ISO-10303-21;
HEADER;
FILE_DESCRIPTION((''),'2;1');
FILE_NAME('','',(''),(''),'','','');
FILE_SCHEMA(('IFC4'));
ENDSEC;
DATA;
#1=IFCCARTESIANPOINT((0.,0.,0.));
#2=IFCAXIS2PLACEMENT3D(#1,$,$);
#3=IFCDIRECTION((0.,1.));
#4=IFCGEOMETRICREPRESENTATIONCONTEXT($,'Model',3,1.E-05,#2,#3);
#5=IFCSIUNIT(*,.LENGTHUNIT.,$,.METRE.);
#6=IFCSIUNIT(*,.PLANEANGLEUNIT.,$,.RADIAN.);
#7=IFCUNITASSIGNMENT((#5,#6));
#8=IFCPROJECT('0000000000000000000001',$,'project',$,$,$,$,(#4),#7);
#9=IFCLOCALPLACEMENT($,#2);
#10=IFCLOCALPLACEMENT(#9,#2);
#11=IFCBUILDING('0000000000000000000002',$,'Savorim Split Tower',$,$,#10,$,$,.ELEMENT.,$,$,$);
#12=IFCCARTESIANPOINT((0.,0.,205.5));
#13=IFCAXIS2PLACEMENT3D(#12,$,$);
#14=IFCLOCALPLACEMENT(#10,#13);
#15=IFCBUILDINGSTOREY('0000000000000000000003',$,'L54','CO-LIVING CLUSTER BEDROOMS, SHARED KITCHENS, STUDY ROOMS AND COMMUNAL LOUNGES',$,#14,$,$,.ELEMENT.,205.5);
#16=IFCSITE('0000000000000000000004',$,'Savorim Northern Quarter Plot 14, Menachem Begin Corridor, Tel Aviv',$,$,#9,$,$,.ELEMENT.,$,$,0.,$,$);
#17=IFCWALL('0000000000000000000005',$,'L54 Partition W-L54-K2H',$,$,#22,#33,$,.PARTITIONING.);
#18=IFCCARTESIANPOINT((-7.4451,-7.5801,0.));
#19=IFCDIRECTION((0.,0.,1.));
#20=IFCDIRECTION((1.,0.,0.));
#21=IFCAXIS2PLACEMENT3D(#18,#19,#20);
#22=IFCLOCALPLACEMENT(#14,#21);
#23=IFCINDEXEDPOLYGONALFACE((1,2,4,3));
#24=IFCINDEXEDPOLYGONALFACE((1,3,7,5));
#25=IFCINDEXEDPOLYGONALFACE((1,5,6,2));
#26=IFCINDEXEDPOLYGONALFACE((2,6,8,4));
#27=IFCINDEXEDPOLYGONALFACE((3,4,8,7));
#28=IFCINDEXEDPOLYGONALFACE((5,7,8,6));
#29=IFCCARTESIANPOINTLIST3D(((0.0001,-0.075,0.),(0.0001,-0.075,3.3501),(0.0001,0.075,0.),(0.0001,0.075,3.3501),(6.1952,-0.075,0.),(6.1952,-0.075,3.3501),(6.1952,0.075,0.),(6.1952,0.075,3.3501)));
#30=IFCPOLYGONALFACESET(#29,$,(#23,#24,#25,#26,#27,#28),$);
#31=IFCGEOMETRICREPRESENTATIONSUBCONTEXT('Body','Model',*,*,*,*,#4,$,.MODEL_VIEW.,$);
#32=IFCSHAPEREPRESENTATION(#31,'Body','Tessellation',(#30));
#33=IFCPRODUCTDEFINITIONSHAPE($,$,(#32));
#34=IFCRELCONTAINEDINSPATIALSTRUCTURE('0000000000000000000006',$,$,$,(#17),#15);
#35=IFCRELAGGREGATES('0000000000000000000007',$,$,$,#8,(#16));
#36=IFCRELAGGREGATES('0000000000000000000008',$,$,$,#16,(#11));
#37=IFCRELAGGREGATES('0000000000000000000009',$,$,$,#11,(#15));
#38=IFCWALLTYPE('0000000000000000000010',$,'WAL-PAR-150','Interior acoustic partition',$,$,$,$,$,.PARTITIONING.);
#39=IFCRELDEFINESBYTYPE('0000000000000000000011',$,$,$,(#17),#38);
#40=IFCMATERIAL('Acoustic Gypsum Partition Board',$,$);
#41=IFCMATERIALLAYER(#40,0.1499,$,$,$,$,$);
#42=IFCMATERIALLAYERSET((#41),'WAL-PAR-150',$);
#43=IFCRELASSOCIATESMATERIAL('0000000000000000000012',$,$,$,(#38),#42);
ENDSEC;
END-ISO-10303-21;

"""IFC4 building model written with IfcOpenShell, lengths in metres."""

from ifc_helpers import new_model, si_unit, direction, frame, frame_2d, origin, place, context, subcontext, project, spatial, rectangle, extrude, material, layer, layer_set, type_object, element, save


model = new_model("IFC4")

# Units and contexts
model_context = context("Model", 3, precision=1e-05, world=origin(), true_north=direction((0.0, 1.0)))
body_context = subcontext(model_context, "Body", "Model", "MODEL_VIEW")
ifc_project = project(units=[si_unit("LENGTHUNIT", "METRE"), si_unit("PLANEANGLEUNIT", "RADIAN")], contexts=[model_context])

# Site, building, storey
site_placement = place(None, origin())
site = spatial("IfcSite", under=ifc_project, at=site_placement, Name="Savorim Northern Quarter Plot 14, Menachem Begin Corridor, Tel Aviv", CompositionType="ELEMENT", RefElevation=0.0)
building_placement = place(site_placement, origin())
building = spatial("IfcBuilding", under=site, at=building_placement, Name="Savorim Split Tower", CompositionType="ELEMENT")
storey_placement = place(building_placement, frame((0.0, 0.0, 205.5)))
storey = spatial("IfcBuildingStorey", under=building, at=storey_placement, Name="L54", Description="CO-LIVING CLUSTER BEDROOMS, SHARED KITCHENS, STUDY ROOMS AND COMMUNAL LOUNGES", CompositionType="ELEMENT", Elevation=205.5)

# Shared definitions
ifc_material_1 = material(Name="Acoustic Gypsum Partition Board")
ifc_layer_1 = layer(ifc_material_1, 0.1499)
ifc_layer_set_1 = layer_set([ifc_layer_1], Name="WAL-PAR-150")
wall_type_1 = type_object("IfcWallType", Name="WAL-PAR-150", Description="Interior acoustic partition", PredefinedType="PARTITIONING", material=ifc_layer_set_1)

# Wall
wall_1_placement = place(storey_placement, frame((-7.4451, -7.5801, 0.0), z_axis=(0.0, 0.0, 1.0), x_axis=(1.0, 0.0, 0.0)))
element("IfcWall", 1, at=wall_1_placement, inside=storey, type_object=wall_type_1, Name="L54 Partition W-L54-K2H", PredefinedType="PARTITIONING", context=body_context, shape_type="SweptSolid", body=[
    extrude(rectangle(XDim=6.1951, YDim=0.1499, at=frame_2d((3.0977, 0.0))), origin(), (0.0, 0.0, 1.0), 3.3501),
])

save(model, "model.ifc")
